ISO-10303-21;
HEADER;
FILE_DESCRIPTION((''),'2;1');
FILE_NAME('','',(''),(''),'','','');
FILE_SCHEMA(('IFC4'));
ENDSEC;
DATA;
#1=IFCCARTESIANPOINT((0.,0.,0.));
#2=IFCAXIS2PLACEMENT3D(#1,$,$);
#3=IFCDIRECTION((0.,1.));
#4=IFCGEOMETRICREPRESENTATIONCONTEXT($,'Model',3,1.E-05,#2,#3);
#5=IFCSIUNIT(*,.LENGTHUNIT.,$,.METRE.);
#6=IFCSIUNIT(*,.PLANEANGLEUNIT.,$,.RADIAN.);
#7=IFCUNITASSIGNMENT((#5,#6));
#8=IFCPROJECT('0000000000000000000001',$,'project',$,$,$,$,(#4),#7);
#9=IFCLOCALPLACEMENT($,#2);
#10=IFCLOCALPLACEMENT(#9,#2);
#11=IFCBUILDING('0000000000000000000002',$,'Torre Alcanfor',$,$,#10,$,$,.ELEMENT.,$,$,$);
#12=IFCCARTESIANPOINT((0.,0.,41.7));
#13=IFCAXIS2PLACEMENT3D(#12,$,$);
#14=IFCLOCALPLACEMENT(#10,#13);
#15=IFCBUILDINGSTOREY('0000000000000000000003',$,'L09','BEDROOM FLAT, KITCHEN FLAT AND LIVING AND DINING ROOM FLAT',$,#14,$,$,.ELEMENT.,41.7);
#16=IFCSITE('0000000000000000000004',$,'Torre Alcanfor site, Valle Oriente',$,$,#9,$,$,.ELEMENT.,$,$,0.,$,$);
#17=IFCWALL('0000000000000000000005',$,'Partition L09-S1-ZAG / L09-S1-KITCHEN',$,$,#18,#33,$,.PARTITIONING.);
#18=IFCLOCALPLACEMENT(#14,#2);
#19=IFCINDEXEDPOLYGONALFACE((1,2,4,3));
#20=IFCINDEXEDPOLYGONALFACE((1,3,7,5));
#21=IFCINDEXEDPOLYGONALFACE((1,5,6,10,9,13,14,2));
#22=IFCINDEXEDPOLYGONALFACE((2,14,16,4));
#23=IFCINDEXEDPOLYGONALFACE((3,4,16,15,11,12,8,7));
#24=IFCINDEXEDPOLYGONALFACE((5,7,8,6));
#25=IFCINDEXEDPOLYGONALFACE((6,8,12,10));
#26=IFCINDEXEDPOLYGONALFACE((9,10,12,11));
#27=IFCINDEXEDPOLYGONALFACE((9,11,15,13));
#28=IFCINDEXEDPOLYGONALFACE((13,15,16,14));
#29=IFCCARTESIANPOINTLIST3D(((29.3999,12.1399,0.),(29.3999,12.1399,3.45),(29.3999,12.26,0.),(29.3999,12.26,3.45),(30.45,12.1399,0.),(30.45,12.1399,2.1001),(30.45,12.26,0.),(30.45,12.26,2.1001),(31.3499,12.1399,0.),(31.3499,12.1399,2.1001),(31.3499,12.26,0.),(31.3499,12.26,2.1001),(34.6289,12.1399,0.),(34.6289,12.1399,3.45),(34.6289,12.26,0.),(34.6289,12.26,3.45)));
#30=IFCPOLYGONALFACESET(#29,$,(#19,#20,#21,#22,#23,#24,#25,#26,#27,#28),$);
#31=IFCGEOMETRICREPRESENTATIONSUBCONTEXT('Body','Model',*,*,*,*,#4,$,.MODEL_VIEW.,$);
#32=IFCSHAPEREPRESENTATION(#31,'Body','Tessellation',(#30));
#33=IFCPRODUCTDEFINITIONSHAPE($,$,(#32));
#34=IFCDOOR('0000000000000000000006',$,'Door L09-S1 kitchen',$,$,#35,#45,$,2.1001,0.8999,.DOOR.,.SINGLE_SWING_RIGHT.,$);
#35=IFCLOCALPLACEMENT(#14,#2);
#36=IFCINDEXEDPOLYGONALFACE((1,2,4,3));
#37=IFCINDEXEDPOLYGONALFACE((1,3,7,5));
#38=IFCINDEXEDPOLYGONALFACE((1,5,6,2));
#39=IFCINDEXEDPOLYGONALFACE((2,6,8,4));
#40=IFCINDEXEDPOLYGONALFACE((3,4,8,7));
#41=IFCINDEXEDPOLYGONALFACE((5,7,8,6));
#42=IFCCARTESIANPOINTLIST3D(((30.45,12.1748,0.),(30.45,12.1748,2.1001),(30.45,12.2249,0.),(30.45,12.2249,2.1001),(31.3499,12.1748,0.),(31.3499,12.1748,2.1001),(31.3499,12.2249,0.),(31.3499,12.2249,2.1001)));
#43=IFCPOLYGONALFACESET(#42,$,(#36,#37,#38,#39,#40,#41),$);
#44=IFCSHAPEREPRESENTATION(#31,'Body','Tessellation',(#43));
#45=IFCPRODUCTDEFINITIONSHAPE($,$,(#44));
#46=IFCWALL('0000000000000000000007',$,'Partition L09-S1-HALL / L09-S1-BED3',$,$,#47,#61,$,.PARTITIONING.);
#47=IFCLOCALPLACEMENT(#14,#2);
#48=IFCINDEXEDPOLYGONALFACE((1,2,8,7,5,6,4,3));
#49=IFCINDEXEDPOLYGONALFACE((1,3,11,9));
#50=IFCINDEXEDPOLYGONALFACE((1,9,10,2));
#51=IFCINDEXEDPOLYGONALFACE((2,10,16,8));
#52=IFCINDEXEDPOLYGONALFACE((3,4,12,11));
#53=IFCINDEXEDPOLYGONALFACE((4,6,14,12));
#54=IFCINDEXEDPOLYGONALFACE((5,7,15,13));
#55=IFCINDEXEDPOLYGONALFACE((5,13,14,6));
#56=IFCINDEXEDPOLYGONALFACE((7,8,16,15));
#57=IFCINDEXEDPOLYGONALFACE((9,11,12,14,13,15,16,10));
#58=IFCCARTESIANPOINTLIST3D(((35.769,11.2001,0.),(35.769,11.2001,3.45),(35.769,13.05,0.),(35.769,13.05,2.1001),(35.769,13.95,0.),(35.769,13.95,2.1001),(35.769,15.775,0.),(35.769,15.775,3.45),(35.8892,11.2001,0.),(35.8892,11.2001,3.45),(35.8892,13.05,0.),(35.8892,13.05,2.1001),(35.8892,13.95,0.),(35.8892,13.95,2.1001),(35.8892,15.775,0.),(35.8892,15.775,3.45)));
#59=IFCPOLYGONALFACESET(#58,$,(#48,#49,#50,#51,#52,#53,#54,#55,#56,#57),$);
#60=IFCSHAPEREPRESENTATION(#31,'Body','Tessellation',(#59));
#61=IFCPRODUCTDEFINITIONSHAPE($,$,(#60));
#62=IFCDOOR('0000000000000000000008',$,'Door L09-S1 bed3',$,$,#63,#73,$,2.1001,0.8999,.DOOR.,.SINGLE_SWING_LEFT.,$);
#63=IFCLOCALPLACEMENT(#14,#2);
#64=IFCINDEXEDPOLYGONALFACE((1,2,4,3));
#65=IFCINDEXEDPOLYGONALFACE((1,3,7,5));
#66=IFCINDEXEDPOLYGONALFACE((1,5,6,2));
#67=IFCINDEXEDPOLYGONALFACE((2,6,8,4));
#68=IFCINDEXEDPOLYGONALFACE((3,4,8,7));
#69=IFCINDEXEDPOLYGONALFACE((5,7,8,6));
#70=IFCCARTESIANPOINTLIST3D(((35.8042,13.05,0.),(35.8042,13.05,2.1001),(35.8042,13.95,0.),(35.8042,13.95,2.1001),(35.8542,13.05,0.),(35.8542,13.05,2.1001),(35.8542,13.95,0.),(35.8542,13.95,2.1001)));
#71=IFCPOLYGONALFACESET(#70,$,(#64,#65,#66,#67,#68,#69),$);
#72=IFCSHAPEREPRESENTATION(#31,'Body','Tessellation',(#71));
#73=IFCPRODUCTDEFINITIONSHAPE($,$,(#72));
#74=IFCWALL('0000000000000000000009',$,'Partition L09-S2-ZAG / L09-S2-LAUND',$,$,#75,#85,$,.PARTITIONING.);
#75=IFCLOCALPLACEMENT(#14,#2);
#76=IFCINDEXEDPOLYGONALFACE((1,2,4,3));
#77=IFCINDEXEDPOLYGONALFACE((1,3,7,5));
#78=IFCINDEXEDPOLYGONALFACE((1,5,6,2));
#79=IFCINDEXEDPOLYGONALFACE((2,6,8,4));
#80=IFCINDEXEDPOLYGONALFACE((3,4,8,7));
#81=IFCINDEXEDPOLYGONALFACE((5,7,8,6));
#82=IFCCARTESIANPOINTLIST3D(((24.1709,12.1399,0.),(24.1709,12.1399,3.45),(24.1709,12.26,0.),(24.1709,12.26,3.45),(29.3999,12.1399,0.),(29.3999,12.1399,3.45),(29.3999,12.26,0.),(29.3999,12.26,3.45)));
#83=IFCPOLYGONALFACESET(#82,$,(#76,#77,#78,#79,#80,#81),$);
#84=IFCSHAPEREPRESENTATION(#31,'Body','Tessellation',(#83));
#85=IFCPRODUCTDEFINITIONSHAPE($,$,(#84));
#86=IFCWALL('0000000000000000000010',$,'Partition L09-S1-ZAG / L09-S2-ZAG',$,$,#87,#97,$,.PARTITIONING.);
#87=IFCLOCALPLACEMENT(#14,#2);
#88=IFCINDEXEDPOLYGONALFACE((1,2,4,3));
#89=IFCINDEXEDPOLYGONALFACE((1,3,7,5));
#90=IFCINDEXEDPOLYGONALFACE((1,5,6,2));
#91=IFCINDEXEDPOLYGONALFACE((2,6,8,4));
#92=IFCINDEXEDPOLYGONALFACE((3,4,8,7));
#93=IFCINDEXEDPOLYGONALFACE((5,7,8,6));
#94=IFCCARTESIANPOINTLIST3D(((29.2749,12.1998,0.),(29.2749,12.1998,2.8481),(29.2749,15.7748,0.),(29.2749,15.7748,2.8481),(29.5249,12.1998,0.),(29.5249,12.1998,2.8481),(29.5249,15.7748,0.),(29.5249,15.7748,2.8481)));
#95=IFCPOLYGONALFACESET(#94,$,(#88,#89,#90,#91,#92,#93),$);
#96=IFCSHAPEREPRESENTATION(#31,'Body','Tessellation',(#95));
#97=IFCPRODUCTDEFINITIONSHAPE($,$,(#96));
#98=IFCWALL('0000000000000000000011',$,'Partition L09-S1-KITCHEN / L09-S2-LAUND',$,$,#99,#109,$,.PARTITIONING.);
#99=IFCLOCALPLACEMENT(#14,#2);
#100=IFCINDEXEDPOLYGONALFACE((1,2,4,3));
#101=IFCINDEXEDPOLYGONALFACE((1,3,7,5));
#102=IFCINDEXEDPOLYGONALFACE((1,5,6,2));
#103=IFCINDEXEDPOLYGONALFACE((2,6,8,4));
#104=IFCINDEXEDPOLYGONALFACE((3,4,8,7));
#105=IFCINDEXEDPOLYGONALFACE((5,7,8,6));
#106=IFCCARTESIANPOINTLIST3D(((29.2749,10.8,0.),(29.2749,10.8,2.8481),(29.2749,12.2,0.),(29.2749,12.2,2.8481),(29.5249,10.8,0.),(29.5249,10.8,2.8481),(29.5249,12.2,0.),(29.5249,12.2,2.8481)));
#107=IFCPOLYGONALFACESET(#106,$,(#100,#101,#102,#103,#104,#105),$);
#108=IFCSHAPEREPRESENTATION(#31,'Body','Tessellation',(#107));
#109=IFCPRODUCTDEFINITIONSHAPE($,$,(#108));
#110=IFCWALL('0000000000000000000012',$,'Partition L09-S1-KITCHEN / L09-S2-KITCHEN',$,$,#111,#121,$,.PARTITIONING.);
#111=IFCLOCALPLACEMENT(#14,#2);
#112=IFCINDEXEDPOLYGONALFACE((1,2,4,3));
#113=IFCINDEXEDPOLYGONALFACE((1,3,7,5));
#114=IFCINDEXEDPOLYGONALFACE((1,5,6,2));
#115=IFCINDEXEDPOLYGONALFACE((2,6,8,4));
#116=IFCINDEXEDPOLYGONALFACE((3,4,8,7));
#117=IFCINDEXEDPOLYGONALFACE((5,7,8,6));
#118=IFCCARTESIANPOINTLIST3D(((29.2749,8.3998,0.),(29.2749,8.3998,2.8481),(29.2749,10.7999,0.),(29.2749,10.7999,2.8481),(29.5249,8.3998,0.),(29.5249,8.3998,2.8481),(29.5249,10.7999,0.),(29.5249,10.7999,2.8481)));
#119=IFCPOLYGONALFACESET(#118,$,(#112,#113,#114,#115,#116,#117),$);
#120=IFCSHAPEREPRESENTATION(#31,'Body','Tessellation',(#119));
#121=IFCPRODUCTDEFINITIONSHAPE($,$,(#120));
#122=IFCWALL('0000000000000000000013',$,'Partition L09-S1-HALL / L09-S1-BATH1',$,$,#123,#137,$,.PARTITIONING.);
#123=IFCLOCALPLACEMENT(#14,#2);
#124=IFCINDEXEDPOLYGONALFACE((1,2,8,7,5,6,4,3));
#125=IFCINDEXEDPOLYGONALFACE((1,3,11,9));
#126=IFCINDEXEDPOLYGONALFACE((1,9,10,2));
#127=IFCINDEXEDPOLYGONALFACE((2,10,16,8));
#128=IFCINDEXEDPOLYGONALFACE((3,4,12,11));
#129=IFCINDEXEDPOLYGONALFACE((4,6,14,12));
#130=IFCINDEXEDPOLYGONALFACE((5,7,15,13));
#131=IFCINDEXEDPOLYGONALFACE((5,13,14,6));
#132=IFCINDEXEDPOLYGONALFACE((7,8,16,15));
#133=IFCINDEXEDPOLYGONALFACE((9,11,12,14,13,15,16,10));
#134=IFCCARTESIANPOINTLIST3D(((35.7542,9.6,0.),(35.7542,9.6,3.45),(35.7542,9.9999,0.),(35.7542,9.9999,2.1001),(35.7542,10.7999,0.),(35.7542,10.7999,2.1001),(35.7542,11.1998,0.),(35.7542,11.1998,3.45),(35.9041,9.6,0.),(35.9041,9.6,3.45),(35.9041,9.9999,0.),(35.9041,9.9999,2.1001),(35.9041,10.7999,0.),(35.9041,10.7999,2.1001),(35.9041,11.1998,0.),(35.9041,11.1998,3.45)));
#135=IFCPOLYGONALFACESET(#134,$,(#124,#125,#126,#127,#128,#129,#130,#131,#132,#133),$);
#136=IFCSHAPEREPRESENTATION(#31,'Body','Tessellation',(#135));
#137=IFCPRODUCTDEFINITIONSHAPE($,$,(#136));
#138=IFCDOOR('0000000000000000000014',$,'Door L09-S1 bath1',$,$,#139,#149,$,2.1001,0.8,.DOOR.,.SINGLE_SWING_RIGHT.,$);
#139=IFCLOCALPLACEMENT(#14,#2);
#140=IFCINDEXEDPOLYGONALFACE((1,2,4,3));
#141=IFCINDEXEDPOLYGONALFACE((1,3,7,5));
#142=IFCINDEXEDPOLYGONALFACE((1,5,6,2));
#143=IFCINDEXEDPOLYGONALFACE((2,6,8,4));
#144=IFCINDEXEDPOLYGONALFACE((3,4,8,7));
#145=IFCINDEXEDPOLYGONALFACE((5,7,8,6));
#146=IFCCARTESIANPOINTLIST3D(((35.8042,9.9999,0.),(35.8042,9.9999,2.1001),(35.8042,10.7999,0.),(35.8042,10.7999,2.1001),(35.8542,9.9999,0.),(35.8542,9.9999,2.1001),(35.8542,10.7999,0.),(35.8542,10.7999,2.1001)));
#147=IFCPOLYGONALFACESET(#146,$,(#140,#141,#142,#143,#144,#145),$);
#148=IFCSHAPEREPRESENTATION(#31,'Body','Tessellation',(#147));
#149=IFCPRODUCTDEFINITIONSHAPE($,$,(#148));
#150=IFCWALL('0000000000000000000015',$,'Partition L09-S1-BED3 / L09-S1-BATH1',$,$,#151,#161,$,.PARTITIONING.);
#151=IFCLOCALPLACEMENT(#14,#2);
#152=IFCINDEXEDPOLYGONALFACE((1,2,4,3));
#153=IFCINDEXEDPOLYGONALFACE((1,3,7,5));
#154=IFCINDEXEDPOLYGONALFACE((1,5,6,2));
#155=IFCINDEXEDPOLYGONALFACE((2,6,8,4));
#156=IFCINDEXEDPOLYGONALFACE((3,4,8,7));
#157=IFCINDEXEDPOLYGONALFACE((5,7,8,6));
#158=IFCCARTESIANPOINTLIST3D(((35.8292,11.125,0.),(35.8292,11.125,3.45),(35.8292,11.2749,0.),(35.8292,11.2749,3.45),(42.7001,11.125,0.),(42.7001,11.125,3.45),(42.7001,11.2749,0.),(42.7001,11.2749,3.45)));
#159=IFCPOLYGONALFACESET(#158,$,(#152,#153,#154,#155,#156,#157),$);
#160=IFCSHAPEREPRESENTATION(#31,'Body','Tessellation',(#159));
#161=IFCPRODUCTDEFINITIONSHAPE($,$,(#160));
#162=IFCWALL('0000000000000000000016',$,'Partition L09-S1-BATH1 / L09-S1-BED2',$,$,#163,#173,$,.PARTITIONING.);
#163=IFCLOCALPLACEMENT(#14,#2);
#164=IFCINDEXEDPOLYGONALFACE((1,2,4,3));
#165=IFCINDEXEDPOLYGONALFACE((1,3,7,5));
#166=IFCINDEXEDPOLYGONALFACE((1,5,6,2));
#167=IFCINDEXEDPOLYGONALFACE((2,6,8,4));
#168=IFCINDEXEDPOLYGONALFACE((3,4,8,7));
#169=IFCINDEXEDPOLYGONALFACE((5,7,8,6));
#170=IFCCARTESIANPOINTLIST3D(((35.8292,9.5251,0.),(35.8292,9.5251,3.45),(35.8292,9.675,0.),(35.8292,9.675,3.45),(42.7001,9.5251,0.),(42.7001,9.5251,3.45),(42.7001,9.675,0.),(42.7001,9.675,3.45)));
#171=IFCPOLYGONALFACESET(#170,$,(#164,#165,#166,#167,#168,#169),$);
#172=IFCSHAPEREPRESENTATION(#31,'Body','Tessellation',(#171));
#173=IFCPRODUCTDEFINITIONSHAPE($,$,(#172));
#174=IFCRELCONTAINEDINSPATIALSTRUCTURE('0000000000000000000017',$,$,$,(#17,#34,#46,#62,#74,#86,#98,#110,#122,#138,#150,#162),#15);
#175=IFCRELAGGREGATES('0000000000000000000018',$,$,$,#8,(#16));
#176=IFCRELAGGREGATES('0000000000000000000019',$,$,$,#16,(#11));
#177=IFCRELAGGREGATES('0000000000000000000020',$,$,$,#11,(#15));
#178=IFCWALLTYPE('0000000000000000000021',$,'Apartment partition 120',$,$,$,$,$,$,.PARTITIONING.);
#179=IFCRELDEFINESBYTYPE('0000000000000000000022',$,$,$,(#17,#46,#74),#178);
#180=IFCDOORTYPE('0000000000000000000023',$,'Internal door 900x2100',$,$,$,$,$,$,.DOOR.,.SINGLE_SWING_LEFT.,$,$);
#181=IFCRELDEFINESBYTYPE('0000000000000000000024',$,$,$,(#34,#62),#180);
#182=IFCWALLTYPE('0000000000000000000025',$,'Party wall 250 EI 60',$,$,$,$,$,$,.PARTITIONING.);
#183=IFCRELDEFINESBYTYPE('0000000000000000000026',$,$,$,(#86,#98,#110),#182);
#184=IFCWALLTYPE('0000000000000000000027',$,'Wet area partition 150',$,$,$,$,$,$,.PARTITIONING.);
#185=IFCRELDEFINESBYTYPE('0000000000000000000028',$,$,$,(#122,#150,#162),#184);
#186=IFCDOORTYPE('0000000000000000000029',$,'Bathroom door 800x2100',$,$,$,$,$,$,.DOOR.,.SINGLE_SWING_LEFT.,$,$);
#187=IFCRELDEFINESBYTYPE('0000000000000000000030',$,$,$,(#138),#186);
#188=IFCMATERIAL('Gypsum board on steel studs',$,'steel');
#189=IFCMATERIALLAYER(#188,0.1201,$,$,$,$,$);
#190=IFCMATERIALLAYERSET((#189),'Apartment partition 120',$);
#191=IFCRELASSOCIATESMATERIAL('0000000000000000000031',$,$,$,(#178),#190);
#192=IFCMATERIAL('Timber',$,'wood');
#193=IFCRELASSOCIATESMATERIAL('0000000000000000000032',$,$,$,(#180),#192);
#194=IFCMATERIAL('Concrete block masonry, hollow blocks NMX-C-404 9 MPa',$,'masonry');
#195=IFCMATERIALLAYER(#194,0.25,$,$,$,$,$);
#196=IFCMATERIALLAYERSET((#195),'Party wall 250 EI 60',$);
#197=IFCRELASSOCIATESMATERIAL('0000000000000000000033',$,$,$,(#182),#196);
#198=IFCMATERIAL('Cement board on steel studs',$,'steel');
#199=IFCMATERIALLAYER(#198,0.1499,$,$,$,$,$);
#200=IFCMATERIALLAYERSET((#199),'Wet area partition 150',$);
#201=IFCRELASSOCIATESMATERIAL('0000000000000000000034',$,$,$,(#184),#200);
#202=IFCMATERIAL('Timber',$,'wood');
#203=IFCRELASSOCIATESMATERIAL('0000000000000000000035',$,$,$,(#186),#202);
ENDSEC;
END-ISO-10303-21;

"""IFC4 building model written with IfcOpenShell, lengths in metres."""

from ifc_helpers import new_model, si_unit, direction, frame, frame_2d, origin, place, context, subcontext, project, spatial, rectangle, extrude, material, layer, layer_set, type_object, element, fill, save


model = new_model("IFC4")

# Units and contexts
model_context = context("Model", 3, precision=1e-05, world=origin(), true_north=direction((0.0, 1.0)))
body_context = subcontext(model_context, "Body", "Model", "MODEL_VIEW")
ifc_project = project(units=[si_unit("LENGTHUNIT", "METRE"), si_unit("PLANEANGLEUNIT", "RADIAN")], contexts=[model_context])

# Site, building, storey
site_placement = place(None, origin())
site = spatial("IfcSite", under=ifc_project, at=site_placement, Name="Torre Alcanfor site, Valle Oriente", CompositionType="ELEMENT", RefElevation=0.0)
building_placement = place(site_placement, origin())
building = spatial("IfcBuilding", under=site, at=building_placement, Name="Torre Alcanfor", CompositionType="ELEMENT")
storey_placement = place(building_placement, frame((0.0, 0.0, 41.7)))
storey = spatial("IfcBuildingStorey", under=building, at=storey_placement, Name="L09", Description="BEDROOM FLAT, KITCHEN FLAT AND LIVING AND DINING ROOM FLAT", CompositionType="ELEMENT", Elevation=41.7)

# Walls, openings, doors
ifc_material_1 = material(Name="Gypsum board on steel studs", Category="steel")
ifc_layer_1 = layer(ifc_material_1, 0.1201)
ifc_layer_set_1 = layer_set([ifc_layer_1], Name="Apartment partition 120")
wall_type_1 = type_object("IfcWallType", Name="Apartment partition 120", PredefinedType="PARTITIONING", material=ifc_layer_set_1)
wall_1_placement = place(storey_placement, frame((29.3999, 12.2, 0.0), z_axis=(0.0, 0.0, 1.0), x_axis=(1.0, 0.0, 0.0)))
wall_1 = element("IfcWall", 1, at=wall_1_placement, inside=storey, type_object=wall_type_1, Name="Partition L09-S1-ZAG / L09-S1-KITCHEN", PredefinedType="PARTITIONING", context=body_context, shape_type="SweptSolid", body=[
    extrude(rectangle(XDim=5.229, YDim=0.1201, at=frame_2d((2.6145, 0.0))), origin(), (0.0, 0.0, 1.0), 3.45),
])
opening_1_placement = place(wall_1_placement, frame((1.05, 0.0, 0.0)))
opening_1 = element("IfcOpeningElement", 2, at=opening_1_placement, cuts=wall_1, PredefinedType="OPENING", context=body_context, shape_type="SweptSolid", body=[
    extrude(rectangle(XDim=0.8999, YDim=2.1001, at=frame_2d((0.45, 1.05))), frame((0.0, 0.0701, 0.0), z_axis=(0.0, -1.0, 0.0), x_axis=(1.0, 0.0, 0.0)), (0.0, 0.0, 1.0), 0.1401),
])
ifc_material_2 = material(Name="Timber", Category="wood")
door_type_1 = type_object("IfcDoorType", Name="Internal door 900x2100", OperationType="SINGLE_SWING_LEFT", PredefinedType="DOOR", material=ifc_material_2)
door_1_placement = place(opening_1_placement, frame((0.8999, 0.0, 0.0), z_axis=(0.0, 0.0, 1.0), x_axis=(-1.0, 0.0, 0.0)))
door_1 = element("IfcDoor", 3, at=door_1_placement, inside=storey, type_object=door_type_1, Name="Door L09-S1 kitchen", OperationType="SINGLE_SWING_RIGHT", OverallHeight=2.1001, OverallWidth=0.8999, PredefinedType="DOOR", context=body_context, shape_type="SweptSolid", body=[
    extrude(rectangle(XDim=0.8999, YDim=2.1001, at=frame_2d((0.45, 1.05))), frame((0.0, 0.0251, 0.0), z_axis=(0.0, -1.0, 0.0), x_axis=(1.0, 0.0, 0.0)), (0.0, 0.0, 1.0), 0.05),
])
fill(opening_1, door_1)
wall_2_placement = place(storey_placement, frame((35.8291, 11.2, 0.0), z_axis=(0.0, 0.0, 1.0), x_axis=(0.0, 1.0, 0.0)))
wall_2 = element("IfcWall", 4, at=wall_2_placement, inside=storey, type_object=wall_type_1, Name="Partition L09-S1-HALL / L09-S1-BED3", PredefinedType="PARTITIONING", context=body_context, shape_type="SweptSolid", body=[
    extrude(rectangle(XDim=4.575, YDim=0.1201, at=frame_2d((2.2876, 0.0))), origin(), (0.0, 0.0, 1.0), 3.45),
])
opening_2_placement = place(wall_2_placement, frame((1.8501, 0.0, 0.0)))
opening_2 = element("IfcOpeningElement", 5, at=opening_2_placement, cuts=wall_2, PredefinedType="OPENING", context=body_context, shape_type="SweptSolid", body=[
    extrude(rectangle(XDim=0.8999, YDim=2.1001, at=frame_2d((0.45, 1.05))), frame((0.0, 0.0701, 0.0), z_axis=(0.0, -1.0, 0.0), x_axis=(1.0, 0.0, 0.0)), (0.0, 0.0, 1.0), 0.1401),
])
door_2_placement = place(opening_2_placement, frame((0.8999, 0.0, 0.0), z_axis=(0.0, 0.0, 1.0), x_axis=(-1.0, 0.0, 0.0)))
door_2 = element("IfcDoor", 6, at=door_2_placement, inside=storey, type_object=door_type_1, Name="Door L09-S1 bed3", OperationType="SINGLE_SWING_LEFT", OverallHeight=2.1001, OverallWidth=0.8999, PredefinedType="DOOR", context=body_context, shape_type="SweptSolid", body=[
    extrude(rectangle(XDim=0.8999, YDim=2.1001, at=frame_2d((0.45, 1.05))), frame((0.0, 0.0251, 0.0), z_axis=(0.0, -1.0, 0.0), x_axis=(1.0, 0.0, 0.0)), (0.0, 0.0, 1.0), 0.05),
])
fill(opening_2, door_2)

# Walls
wall_3_placement = place(storey_placement, frame((29.3999, 12.2, 0.0), z_axis=(0.0, 0.0, 1.0), x_axis=(-1.0, 0.0, 0.0)))
element("IfcWall", 7, at=wall_3_placement, inside=storey, type_object=wall_type_1, Name="Partition L09-S2-ZAG / L09-S2-LAUND", PredefinedType="PARTITIONING", context=body_context, shape_type="SweptSolid", body=[
    extrude(rectangle(XDim=5.229, YDim=0.1201, at=frame_2d((2.6145, 0.0))), origin(), (0.0, 0.0, 1.0), 3.45),
])
ifc_material_3 = material(Name="Concrete block masonry, hollow blocks NMX-C-404 9 MPa", Category="masonry")
ifc_layer_2 = layer(ifc_material_3, 0.25)
ifc_layer_set_2 = layer_set([ifc_layer_2], Name="Party wall 250 EI 60")
wall_type_2 = type_object("IfcWallType", Name="Party wall 250 EI 60", PredefinedType="PARTITIONING", material=ifc_layer_set_2)
wall_4_placement = place(storey_placement, frame((29.3999, 15.7749, 0.0), z_axis=(0.0, 0.0, 1.0), x_axis=(0.0, -1.0, 0.0)))
element("IfcWall", 8, at=wall_4_placement, inside=storey, type_object=wall_type_2, Name="Partition L09-S1-ZAG / L09-S2-ZAG", PredefinedType="PARTITIONING", context=body_context, shape_type="SweptSolid", body=[
    extrude(rectangle(XDim=3.575, YDim=0.25, at=frame_2d((1.7876, 0.0))), origin(), (0.0, 0.0, 1.0), 2.8481),
])
wall_5_placement = place(storey_placement, frame((29.3999, 12.2, 0.0), z_axis=(0.0, 0.0, 1.0), x_axis=(0.0, -1.0, 0.0)))
element("IfcWall", 9, at=wall_5_placement, inside=storey, type_object=wall_type_2, Name="Partition L09-S1-KITCHEN / L09-S2-LAUND", PredefinedType="PARTITIONING", context=body_context, shape_type="SweptSolid", body=[
    extrude(rectangle(XDim=1.3999, YDim=0.25, at=frame_2d((0.7, 0.0))), origin(), (0.0, 0.0, 1.0), 2.8481),
])
wall_6_placement = place(storey_placement, frame((29.3999, 10.8, 0.0), z_axis=(0.0, 0.0, 1.0), x_axis=(0.0, -1.0, 0.0)))
element("IfcWall", 10, at=wall_6_placement, inside=storey, type_object=wall_type_2, Name="Partition L09-S1-KITCHEN / L09-S2-KITCHEN", PredefinedType="PARTITIONING", context=body_context, shape_type="SweptSolid", body=[
    extrude(rectangle(XDim=2.4001, YDim=0.25, at=frame_2d((1.2002, 0.0))), origin(), (0.0, 0.0, 1.0), 2.8481),
])

# Wall, opening, door
ifc_material_4 = material(Name="Cement board on steel studs", Category="steel")
ifc_layer_3 = layer(ifc_material_4, 0.1499)
ifc_layer_set_3 = layer_set([ifc_layer_3], Name="Wet area partition 150")
wall_type_3 = type_object("IfcWallType", Name="Wet area partition 150", PredefinedType="PARTITIONING", material=ifc_layer_set_3)
wall_7_placement = place(storey_placement, frame((35.8291, 9.6001, 0.0), z_axis=(0.0, 0.0, 1.0), x_axis=(0.0, 1.0, 0.0)))
wall_7 = element("IfcWall", 11, at=wall_7_placement, inside=storey, type_object=wall_type_3, Name="Partition L09-S1-HALL / L09-S1-BATH1", PredefinedType="PARTITIONING", context=body_context, shape_type="SweptSolid", body=[
    extrude(rectangle(XDim=1.5999, YDim=0.1499, at=frame_2d((0.7998, 0.0))), origin(), (0.0, 0.0, 1.0), 3.45),
])
opening_3_placement = place(wall_7_placement, frame((0.3999, 0.0, 0.0)))
opening_3 = element("IfcOpeningElement", 12, at=opening_3_placement, cuts=wall_7, PredefinedType="OPENING", context=body_context, shape_type="SweptSolid", body=[
    extrude(rectangle(XDim=0.8, YDim=2.1001, at=frame_2d((0.3999, 1.05))), frame((0.0, 0.085, 0.0), z_axis=(0.0, -1.0, 0.0), x_axis=(1.0, 0.0, 0.0)), (0.0, 0.0, 1.0), 0.1699),
])
ifc_material_5 = material(Name="Timber", Category="wood")
door_type_2 = type_object("IfcDoorType", Name="Bathroom door 800x2100", OperationType="SINGLE_SWING_LEFT", PredefinedType="DOOR", material=ifc_material_5)
door_3_placement = place(opening_3_placement, frame((0.8, 0.0, 0.0), z_axis=(0.0, 0.0, 1.0), x_axis=(-1.0, 0.0, 0.0)))
door_3 = element("IfcDoor", 13, at=door_3_placement, inside=storey, type_object=door_type_2, Name="Door L09-S1 bath1", OperationType="SINGLE_SWING_RIGHT", OverallHeight=2.1001, OverallWidth=0.8, PredefinedType="DOOR", context=body_context, shape_type="SweptSolid", body=[
    extrude(rectangle(XDim=0.8, YDim=2.1001, at=frame_2d((0.4001, 1.05))), frame((0.0, 0.0251, 0.0), z_axis=(0.0, -1.0, 0.0), x_axis=(1.0, 0.0, 0.0)), (0.0, 0.0, 1.0), 0.05),
])
fill(opening_3, door_3)

# Walls
for number, where, z_axis, x_axis, name in (
    (14, (35.8291, 11.2, 0.0), (0.0, 0.0, 1.0), (1.0, 0.0, 0.0), "Partition L09-S1-BED3 / L09-S1-BATH1"),
    (15, (35.8291, 9.6001, 0.0), (0.0, 0.0, 1.0), (1.0, 0.0, 0.0), "Partition L09-S1-BATH1 / L09-S1-BED2"),
):
    element("IfcWall", number, at=place(storey_placement, frame(where, z_axis=z_axis, x_axis=x_axis)), inside=storey, type_object=wall_type_3, Name=name, PredefinedType="PARTITIONING", context=body_context, shape_type="SweptSolid", body=[
        extrude(rectangle(XDim=6.8708, YDim=0.1499, at=frame_2d((3.4355, 0.0))), origin(), (0.0, 0.0, 1.0), 3.45),
    ])

save(model, "model.ifc")
